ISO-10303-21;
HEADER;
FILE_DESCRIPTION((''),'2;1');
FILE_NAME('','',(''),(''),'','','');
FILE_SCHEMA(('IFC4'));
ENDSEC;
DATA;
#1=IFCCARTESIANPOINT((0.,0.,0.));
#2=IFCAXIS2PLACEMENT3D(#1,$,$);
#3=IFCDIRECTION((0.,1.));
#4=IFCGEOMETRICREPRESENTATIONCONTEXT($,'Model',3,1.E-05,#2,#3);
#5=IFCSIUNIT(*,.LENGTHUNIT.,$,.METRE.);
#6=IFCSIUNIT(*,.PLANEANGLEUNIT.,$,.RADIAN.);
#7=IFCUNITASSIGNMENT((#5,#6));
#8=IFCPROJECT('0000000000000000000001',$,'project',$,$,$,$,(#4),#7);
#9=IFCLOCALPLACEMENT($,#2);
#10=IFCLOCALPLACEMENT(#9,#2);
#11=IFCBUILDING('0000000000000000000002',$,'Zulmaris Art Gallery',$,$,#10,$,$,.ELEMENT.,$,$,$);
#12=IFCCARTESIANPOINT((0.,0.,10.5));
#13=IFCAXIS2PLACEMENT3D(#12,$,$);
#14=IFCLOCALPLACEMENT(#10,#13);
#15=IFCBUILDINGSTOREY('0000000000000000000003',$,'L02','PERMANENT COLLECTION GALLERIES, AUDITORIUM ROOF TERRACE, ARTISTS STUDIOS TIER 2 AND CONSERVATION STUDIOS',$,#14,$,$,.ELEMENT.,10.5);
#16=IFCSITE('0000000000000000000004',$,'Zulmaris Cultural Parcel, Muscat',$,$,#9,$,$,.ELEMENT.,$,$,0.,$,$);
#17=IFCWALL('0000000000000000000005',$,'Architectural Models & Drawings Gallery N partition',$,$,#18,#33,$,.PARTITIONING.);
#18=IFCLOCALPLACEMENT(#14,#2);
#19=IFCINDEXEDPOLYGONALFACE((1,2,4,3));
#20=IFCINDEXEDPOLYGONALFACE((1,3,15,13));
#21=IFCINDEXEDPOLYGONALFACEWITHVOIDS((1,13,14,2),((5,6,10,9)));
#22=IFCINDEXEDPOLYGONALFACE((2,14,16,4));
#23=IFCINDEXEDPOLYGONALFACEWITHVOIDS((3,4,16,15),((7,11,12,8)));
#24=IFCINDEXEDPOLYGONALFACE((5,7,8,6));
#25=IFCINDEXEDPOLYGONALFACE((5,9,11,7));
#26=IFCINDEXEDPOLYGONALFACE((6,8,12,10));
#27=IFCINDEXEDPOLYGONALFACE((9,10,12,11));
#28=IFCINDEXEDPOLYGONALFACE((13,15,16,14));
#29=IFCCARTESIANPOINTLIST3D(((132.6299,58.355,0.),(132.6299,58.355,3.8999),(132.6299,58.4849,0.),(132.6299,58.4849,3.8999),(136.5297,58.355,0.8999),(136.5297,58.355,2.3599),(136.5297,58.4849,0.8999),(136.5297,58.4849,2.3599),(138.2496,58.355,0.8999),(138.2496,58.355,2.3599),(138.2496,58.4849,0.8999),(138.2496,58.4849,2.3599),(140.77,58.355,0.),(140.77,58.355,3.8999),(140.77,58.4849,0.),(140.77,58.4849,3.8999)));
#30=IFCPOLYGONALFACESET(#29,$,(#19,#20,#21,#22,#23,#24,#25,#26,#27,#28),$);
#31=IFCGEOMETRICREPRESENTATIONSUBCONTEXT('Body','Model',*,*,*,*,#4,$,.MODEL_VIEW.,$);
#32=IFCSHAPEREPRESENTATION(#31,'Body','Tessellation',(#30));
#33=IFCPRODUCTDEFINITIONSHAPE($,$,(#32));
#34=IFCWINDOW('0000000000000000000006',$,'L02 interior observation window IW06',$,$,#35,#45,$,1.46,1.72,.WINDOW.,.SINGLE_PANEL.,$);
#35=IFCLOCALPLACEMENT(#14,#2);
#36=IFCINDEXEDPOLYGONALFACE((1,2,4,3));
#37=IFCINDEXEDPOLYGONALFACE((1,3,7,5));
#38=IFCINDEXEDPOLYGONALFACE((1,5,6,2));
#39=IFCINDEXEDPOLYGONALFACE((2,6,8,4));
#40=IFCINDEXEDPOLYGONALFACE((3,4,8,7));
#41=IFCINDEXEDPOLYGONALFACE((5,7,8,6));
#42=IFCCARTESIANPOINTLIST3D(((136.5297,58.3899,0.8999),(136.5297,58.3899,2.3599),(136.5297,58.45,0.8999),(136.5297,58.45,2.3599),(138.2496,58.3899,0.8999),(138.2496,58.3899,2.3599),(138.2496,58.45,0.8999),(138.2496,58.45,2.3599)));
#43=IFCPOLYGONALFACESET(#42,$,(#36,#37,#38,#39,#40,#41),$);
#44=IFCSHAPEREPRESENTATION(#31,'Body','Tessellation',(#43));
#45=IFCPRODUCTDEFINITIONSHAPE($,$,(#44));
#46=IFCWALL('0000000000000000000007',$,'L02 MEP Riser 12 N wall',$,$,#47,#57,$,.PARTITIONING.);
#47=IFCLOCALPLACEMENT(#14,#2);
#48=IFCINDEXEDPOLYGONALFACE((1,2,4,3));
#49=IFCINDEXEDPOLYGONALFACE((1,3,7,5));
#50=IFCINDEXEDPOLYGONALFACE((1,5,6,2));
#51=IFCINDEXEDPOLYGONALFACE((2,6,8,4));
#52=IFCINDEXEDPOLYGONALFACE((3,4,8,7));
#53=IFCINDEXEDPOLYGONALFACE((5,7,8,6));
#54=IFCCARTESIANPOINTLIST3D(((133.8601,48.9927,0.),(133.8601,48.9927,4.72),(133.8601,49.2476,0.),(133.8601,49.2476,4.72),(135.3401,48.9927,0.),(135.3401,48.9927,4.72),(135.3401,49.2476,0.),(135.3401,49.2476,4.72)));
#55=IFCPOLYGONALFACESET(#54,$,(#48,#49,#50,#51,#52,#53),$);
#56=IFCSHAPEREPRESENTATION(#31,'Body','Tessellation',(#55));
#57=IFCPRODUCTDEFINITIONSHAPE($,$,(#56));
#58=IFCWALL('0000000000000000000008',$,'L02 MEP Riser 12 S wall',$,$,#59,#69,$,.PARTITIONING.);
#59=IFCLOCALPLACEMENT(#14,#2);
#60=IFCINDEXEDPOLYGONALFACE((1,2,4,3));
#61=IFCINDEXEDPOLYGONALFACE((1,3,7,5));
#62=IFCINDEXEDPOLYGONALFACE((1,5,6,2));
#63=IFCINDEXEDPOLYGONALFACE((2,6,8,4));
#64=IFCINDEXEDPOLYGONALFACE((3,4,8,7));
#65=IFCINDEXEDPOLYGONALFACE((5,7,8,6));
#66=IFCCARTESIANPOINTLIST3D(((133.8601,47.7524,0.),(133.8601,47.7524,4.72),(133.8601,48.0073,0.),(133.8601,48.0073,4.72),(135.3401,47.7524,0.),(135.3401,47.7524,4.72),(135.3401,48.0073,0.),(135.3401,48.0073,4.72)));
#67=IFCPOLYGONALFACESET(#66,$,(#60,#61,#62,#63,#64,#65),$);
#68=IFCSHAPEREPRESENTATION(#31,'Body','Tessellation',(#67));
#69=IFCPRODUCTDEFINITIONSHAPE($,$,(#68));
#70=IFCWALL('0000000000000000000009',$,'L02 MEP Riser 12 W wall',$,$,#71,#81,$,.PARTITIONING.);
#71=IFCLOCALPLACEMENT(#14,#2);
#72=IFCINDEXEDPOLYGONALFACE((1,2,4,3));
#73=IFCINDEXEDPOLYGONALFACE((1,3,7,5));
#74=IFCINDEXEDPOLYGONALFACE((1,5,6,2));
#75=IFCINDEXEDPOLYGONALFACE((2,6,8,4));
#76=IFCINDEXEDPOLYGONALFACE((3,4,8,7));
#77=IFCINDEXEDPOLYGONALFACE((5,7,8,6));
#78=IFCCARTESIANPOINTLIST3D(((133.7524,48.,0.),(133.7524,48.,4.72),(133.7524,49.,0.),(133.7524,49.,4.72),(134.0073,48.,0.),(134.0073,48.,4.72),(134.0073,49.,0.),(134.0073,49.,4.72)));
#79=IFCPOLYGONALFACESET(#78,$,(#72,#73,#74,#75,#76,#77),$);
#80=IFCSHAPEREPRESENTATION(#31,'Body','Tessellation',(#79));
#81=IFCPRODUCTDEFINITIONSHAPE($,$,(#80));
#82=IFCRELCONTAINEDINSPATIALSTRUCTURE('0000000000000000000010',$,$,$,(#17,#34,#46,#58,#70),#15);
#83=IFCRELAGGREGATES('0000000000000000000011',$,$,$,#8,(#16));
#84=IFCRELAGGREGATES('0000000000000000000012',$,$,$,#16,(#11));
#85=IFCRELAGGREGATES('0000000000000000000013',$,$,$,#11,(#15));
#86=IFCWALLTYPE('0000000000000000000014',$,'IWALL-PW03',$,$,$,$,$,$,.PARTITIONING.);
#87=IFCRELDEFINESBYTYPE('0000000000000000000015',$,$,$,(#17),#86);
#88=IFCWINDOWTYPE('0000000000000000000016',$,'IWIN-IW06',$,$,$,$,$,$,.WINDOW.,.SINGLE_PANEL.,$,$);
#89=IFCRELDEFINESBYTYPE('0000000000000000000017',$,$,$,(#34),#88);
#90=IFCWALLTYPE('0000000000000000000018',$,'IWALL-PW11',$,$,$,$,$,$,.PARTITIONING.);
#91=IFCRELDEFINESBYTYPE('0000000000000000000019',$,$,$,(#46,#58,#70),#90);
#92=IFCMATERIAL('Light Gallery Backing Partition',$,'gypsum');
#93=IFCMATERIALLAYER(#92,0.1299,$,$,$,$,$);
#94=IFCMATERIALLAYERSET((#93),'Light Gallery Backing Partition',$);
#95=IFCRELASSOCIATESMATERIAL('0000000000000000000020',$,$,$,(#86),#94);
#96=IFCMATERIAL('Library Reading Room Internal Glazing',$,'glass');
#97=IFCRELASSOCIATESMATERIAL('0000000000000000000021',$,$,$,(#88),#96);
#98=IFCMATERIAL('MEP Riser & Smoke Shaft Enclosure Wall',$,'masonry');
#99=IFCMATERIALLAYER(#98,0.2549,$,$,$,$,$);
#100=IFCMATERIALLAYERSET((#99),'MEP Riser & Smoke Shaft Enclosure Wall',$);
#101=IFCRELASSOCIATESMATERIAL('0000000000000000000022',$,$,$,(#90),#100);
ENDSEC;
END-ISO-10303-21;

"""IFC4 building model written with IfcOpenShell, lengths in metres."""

from ifc_helpers import new_model, si_unit, direction, frame, frame_2d, origin, place, context, subcontext, project, spatial, rectangle, extrude, material, layer, layer_set, type_object, element, fill, save


model = new_model("IFC4")

# Units and contexts
model_context = context("Model", 3, precision=1e-05, world=origin(), true_north=direction((0.0, 1.0)))
body_context = subcontext(model_context, "Body", "Model", "MODEL_VIEW")
ifc_project = project(units=[si_unit("LENGTHUNIT", "METRE"), si_unit("PLANEANGLEUNIT", "RADIAN")], contexts=[model_context])

# Site, building, storey
site_placement = place(None, origin())
site = spatial("IfcSite", under=ifc_project, at=site_placement, Name="Zulmaris Cultural Parcel, Muscat", CompositionType="ELEMENT", RefElevation=0.0)
building_placement = place(site_placement, origin())
building = spatial("IfcBuilding", under=site, at=building_placement, Name="Zulmaris Art Gallery", CompositionType="ELEMENT")
storey_placement = place(building_placement, frame((0.0, 0.0, 10.5)))
storey = spatial("IfcBuildingStorey", under=building, at=storey_placement, Name="L02", Description="PERMANENT COLLECTION GALLERIES, AUDITORIUM ROOF TERRACE, ARTISTS STUDIOS TIER 2 AND CONSERVATION STUDIOS", CompositionType="ELEMENT", Elevation=10.5)

# Wall, opening, window
ifc_material_1 = material(Name="Light Gallery Backing Partition", Category="gypsum")
ifc_layer_1 = layer(ifc_material_1, 0.1299)
ifc_layer_set_1 = layer_set([ifc_layer_1], Name="Light Gallery Backing Partition")
wall_type_1 = type_object("IfcWallType", Name="IWALL-PW03", PredefinedType="PARTITIONING", material=ifc_layer_set_1)
wall_1_placement = place(storey_placement, frame((132.6299, 58.4199, 0.0), z_axis=(0.0, 0.0, 1.0), x_axis=(1.0, 0.0, 0.0)))
wall_1 = element("IfcWall", 1, at=wall_1_placement, inside=storey, type_object=wall_type_1, Name="Architectural Models & Drawings Gallery N partition", PredefinedType="PARTITIONING", context=body_context, shape_type="SweptSolid", body=[
    extrude(rectangle(XDim=8.1401, YDim=0.1299, at=frame_2d((4.0701, 0.0))), origin(), (0.0, 0.0, 1.0), 3.8999),
])
opening_placement = place(wall_1_placement, frame((3.8999, 0.0, 0.8999)))
opening = element("IfcOpeningElement", 2, at=opening_placement, cuts=wall_1, PredefinedType="OPENING", context=body_context, shape_type="SweptSolid", body=[
    extrude(rectangle(XDim=1.72, YDim=1.46, at=frame_2d((0.8599, 0.73))), frame((0.0, 0.075, 0.0), z_axis=(0.0, -1.0, 0.0), x_axis=(1.0, 0.0, 0.0)), (0.0, 0.0, 1.0), 0.1499),
])
ifc_material_2 = material(Name="Library Reading Room Internal Glazing", Category="glass")
window_type = type_object("IfcWindowType", Name="IWIN-IW06", PartitioningType="SINGLE_PANEL", PredefinedType="WINDOW", material=ifc_material_2)
window_placement = place(opening_placement, origin())
window = element("IfcWindow", 3, at=window_placement, inside=storey, type_object=window_type, Name="L02 interior observation window IW06", OverallHeight=1.46, OverallWidth=1.72, PartitioningType="SINGLE_PANEL", PredefinedType="WINDOW", context=body_context, shape_type="SweptSolid", body=[
    extrude(rectangle(XDim=1.72, YDim=1.46, at=frame_2d((0.8599, 0.73))), frame((0.0, 0.03, 0.0), z_axis=(0.0, -1.0, 0.0), x_axis=(1.0, 0.0, 0.0)), (0.0, 0.0, 1.0), 0.0601),
])
fill(opening, window)

# Walls
ifc_material_3 = material(Name="MEP Riser & Smoke Shaft Enclosure Wall", Category="masonry")
ifc_layer_2 = layer(ifc_material_3, 0.2549)
ifc_layer_set_2 = layer_set([ifc_layer_2], Name="MEP Riser & Smoke Shaft Enclosure Wall")
wall_type_2 = type_object("IfcWallType", Name="IWALL-PW11", PredefinedType="PARTITIONING", material=ifc_layer_set_2)
for number, where, z_axis, x_axis, name in (
    (4, (133.8601, 49.1201, 0.0), (0.0, 0.0, 1.0), (1.0, 0.0, 0.0), "L02 MEP Riser 12 N wall"),
    (5, (133.8601, 47.8799, 0.0), (0.0, 0.0, 1.0), (1.0, 0.0, 0.0), "L02 MEP Riser 12 S wall"),
):
    element("IfcWall", number, at=place(storey_placement, frame(where, z_axis=z_axis, x_axis=x_axis)), inside=storey, type_object=wall_type_2, Name=name, PredefinedType="PARTITIONING", context=body_context, shape_type="SweptSolid", body=[
        extrude(rectangle(XDim=1.48, YDim=0.2549, at=frame_2d((0.74, 0.0))), origin(), (0.0, 0.0, 1.0), 4.72),
    ])
wall_2_placement = place(storey_placement, frame((133.8799, 48.0, 0.0), z_axis=(0.0, 0.0, 1.0), x_axis=(0.0, 1.0, 0.0)))
element("IfcWall", 6, at=wall_2_placement, inside=storey, type_object=wall_type_2, Name="L02 MEP Riser 12 W wall", PredefinedType="PARTITIONING", context=body_context, shape_type="SweptSolid", body=[
    extrude(rectangle(XDim=1.0, YDim=0.2549, at=frame_2d((0.5, 0.0))), origin(), (0.0, 0.0, 1.0), 4.72),
])

save(model, "model.ifc")
